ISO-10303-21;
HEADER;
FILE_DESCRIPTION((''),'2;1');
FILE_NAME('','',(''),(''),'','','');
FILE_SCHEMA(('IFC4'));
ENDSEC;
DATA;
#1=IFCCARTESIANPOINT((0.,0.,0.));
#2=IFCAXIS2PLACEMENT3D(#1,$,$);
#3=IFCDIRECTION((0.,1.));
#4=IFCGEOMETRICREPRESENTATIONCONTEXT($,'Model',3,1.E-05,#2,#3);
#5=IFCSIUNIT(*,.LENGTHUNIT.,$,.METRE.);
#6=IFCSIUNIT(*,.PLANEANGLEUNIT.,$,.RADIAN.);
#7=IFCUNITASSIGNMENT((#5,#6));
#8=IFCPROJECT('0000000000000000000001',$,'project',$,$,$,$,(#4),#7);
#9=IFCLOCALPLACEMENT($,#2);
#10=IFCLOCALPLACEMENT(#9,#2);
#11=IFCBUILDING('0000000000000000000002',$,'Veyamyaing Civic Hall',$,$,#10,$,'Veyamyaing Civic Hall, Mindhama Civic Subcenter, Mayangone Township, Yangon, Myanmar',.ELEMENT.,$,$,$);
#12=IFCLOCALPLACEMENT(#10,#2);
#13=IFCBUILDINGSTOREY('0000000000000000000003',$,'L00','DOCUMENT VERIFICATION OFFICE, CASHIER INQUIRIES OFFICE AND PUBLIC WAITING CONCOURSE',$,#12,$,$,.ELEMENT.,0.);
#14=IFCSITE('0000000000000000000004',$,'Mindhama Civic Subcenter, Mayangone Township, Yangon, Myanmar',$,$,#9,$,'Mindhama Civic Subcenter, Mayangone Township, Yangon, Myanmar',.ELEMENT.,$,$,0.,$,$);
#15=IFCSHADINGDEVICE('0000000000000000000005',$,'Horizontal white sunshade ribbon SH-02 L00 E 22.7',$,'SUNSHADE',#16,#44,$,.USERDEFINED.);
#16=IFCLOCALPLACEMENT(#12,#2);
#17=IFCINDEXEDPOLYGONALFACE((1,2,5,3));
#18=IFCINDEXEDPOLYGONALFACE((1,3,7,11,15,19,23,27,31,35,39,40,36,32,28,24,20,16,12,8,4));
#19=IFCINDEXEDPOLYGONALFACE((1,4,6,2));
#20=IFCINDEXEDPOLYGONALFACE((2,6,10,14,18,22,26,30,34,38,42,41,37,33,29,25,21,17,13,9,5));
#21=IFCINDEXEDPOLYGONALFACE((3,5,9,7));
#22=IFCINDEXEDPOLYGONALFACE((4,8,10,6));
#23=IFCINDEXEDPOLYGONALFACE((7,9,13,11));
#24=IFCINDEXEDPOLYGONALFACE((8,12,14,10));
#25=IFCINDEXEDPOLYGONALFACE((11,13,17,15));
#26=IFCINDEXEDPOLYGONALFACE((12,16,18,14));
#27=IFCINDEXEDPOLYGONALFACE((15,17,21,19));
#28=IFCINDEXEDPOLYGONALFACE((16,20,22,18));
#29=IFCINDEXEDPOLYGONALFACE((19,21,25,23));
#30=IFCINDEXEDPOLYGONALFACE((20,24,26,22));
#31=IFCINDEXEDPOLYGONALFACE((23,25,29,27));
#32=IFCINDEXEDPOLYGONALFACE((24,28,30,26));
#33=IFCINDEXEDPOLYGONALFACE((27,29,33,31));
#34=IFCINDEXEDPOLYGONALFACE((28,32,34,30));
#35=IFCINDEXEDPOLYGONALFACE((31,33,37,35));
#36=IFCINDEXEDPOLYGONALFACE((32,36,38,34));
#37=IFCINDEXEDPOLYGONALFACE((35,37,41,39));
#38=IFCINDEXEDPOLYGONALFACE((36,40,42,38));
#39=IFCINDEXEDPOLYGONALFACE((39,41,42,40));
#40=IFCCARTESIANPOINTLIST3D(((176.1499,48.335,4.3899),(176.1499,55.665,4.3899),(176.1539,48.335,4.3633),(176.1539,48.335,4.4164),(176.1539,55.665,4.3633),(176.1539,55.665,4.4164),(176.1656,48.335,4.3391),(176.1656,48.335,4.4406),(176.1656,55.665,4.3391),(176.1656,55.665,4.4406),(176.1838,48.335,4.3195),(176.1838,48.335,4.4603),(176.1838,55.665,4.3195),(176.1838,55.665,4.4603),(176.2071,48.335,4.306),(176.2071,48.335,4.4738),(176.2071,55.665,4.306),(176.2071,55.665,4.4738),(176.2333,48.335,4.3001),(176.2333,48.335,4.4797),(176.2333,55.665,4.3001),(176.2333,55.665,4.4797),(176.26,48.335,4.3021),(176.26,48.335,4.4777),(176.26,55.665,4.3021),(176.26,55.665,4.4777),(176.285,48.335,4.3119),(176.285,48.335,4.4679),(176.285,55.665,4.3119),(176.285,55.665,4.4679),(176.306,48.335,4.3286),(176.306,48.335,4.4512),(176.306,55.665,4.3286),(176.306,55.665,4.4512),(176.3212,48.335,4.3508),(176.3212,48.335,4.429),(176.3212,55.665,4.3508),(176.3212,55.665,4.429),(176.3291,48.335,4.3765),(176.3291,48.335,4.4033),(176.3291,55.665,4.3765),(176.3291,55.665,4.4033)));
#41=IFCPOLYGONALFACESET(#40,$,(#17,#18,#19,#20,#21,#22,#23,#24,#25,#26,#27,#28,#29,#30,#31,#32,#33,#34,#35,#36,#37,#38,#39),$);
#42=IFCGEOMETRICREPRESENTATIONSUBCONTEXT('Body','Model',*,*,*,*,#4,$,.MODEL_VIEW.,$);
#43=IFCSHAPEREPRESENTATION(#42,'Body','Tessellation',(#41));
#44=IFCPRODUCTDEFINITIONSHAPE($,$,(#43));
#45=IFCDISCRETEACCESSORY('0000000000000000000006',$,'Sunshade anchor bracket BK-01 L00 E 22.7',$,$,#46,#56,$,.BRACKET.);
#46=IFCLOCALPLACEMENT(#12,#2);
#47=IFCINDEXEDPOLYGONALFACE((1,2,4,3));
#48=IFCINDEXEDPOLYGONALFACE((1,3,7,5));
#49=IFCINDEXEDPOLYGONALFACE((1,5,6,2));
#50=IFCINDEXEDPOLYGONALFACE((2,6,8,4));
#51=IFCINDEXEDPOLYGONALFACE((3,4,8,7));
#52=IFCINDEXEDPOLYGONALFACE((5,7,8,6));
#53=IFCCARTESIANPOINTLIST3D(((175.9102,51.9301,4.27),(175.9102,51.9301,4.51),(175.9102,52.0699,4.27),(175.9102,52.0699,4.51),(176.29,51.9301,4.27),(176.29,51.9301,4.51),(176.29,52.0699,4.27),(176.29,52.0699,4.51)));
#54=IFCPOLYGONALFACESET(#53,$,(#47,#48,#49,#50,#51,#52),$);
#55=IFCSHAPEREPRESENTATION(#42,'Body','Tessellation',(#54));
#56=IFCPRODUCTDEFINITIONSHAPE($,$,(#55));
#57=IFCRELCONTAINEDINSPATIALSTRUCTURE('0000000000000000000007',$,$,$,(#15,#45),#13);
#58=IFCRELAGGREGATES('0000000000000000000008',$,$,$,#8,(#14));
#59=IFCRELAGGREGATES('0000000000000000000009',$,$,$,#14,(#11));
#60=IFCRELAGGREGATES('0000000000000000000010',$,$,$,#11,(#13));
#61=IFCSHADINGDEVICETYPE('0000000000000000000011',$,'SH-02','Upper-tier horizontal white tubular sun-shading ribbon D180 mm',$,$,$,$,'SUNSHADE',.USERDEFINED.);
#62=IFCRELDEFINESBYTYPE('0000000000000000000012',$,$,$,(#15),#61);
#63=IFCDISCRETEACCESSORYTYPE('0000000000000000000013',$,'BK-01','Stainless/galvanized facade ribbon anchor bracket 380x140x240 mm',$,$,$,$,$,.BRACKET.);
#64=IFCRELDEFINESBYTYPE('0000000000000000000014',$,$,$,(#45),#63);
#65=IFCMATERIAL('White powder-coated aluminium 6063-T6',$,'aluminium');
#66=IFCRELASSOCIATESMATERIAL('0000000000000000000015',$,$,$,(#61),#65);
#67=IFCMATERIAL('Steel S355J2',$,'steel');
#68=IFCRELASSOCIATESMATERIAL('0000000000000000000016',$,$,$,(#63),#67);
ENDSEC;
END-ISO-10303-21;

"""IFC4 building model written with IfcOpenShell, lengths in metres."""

from ifc_helpers import new_model, si_unit, direction, frame, origin, origin_2d, place, context, subcontext, project, spatial, rectangle, circle, extrude, material, material_profile, profile_set, type_object, element, save


model = new_model("IFC4")

# Units and contexts
model_context = context("Model", 3, precision=1e-05, world=origin(), true_north=direction((0.0, 1.0)))
body_context = subcontext(model_context, "Body", "Model", "MODEL_VIEW")
ifc_project = project(units=[si_unit("LENGTHUNIT", "METRE"), si_unit("PLANEANGLEUNIT", "RADIAN")], contexts=[model_context])

# Site, building, storey
site_placement = place(None, origin())
site = spatial("IfcSite", under=ifc_project, at=site_placement, Name="Mindhama Civic Subcenter, Mayangone Township, Yangon, Myanmar", LongName="Mindhama Civic Subcenter, Mayangone Township, Yangon, Myanmar", CompositionType="ELEMENT", RefElevation=0.0)
building_placement = place(site_placement, origin())
building = spatial("IfcBuilding", under=site, at=building_placement, Name="Veyamyaing Civic Hall", LongName="Veyamyaing Civic Hall, Mindhama Civic Subcenter, Mayangone Township, Yangon, Myanmar", CompositionType="ELEMENT")
storey_placement = place(building_placement, origin())
storey = spatial("IfcBuildingStorey", under=building, at=storey_placement, Name="L00", Description="DOCUMENT VERIFICATION OFFICE, CASHIER INQUIRIES OFFICE AND PUBLIC WAITING CONCOURSE", CompositionType="ELEMENT", Elevation=0.0)

# Shared definitions
ifc_material_1 = material(Name="White powder-coated aluminium 6063-T6", Category="aluminium")

# Shading device
ifc_material_profile_1 = material_profile(ifc_material_1, circle(Radius=0.0901, at=origin_2d()), Name="SHADE-TUBE-180")
ifc_profile_set_1 = profile_set([ifc_material_profile_1], Name="White powder-coated aluminium 6063-T6")
shading_device_type = type_object("IfcShadingDeviceType", Name="SH-02", Description="Upper-tier horizontal white tubular sun-shading ribbon D180 mm", ElementType="SUNSHADE", PredefinedType="USERDEFINED", material=ifc_profile_set_1)
shading_device_placement = place(storey_placement, frame((176.24, 48.335, 4.3899), z_axis=(0.0, 1.0, 0.0), x_axis=(-1.0, 0.0, 0.0)))
element("IfcShadingDevice", 1, at=shading_device_placement, inside=storey, type_object=shading_device_type, Name="Horizontal white sunshade ribbon SH-02 L00 E 22.7", ObjectType="SUNSHADE", PredefinedType="USERDEFINED", context=body_context, shape_type="SweptSolid", body=[
    extrude(circle(Radius=0.0901, at=origin_2d()), origin(), (0.0, 0.0, 1.0), 7.3301),
])

# Discrete accessory
ifc_material_2 = material(Name="Steel S355J2", Category="steel")
discrete_accessory_type = type_object("IfcDiscreteAccessoryType", Name="BK-01", Description="Stainless/galvanized facade ribbon anchor bracket 380x140x240 mm", PredefinedType="BRACKET", material=ifc_material_2)
discrete_accessory_placement = place(storey_placement, frame((176.1001, 52.0, 4.27), z_axis=(0.0, 0.0, 1.0), x_axis=(1.0, 0.0, 0.0)))
element("IfcDiscreteAccessory", 2, at=discrete_accessory_placement, inside=storey, type_object=discrete_accessory_type, Name="Sunshade anchor bracket BK-01 L00 E 22.7", PredefinedType="BRACKET", context=body_context, shape_type="SweptSolid", body=[
    extrude(rectangle(XDim=0.3799, YDim=0.1399, at=origin_2d()), origin(), (0.0, 0.0, 1.0), 0.24),
])

save(model, "model.ifc")
